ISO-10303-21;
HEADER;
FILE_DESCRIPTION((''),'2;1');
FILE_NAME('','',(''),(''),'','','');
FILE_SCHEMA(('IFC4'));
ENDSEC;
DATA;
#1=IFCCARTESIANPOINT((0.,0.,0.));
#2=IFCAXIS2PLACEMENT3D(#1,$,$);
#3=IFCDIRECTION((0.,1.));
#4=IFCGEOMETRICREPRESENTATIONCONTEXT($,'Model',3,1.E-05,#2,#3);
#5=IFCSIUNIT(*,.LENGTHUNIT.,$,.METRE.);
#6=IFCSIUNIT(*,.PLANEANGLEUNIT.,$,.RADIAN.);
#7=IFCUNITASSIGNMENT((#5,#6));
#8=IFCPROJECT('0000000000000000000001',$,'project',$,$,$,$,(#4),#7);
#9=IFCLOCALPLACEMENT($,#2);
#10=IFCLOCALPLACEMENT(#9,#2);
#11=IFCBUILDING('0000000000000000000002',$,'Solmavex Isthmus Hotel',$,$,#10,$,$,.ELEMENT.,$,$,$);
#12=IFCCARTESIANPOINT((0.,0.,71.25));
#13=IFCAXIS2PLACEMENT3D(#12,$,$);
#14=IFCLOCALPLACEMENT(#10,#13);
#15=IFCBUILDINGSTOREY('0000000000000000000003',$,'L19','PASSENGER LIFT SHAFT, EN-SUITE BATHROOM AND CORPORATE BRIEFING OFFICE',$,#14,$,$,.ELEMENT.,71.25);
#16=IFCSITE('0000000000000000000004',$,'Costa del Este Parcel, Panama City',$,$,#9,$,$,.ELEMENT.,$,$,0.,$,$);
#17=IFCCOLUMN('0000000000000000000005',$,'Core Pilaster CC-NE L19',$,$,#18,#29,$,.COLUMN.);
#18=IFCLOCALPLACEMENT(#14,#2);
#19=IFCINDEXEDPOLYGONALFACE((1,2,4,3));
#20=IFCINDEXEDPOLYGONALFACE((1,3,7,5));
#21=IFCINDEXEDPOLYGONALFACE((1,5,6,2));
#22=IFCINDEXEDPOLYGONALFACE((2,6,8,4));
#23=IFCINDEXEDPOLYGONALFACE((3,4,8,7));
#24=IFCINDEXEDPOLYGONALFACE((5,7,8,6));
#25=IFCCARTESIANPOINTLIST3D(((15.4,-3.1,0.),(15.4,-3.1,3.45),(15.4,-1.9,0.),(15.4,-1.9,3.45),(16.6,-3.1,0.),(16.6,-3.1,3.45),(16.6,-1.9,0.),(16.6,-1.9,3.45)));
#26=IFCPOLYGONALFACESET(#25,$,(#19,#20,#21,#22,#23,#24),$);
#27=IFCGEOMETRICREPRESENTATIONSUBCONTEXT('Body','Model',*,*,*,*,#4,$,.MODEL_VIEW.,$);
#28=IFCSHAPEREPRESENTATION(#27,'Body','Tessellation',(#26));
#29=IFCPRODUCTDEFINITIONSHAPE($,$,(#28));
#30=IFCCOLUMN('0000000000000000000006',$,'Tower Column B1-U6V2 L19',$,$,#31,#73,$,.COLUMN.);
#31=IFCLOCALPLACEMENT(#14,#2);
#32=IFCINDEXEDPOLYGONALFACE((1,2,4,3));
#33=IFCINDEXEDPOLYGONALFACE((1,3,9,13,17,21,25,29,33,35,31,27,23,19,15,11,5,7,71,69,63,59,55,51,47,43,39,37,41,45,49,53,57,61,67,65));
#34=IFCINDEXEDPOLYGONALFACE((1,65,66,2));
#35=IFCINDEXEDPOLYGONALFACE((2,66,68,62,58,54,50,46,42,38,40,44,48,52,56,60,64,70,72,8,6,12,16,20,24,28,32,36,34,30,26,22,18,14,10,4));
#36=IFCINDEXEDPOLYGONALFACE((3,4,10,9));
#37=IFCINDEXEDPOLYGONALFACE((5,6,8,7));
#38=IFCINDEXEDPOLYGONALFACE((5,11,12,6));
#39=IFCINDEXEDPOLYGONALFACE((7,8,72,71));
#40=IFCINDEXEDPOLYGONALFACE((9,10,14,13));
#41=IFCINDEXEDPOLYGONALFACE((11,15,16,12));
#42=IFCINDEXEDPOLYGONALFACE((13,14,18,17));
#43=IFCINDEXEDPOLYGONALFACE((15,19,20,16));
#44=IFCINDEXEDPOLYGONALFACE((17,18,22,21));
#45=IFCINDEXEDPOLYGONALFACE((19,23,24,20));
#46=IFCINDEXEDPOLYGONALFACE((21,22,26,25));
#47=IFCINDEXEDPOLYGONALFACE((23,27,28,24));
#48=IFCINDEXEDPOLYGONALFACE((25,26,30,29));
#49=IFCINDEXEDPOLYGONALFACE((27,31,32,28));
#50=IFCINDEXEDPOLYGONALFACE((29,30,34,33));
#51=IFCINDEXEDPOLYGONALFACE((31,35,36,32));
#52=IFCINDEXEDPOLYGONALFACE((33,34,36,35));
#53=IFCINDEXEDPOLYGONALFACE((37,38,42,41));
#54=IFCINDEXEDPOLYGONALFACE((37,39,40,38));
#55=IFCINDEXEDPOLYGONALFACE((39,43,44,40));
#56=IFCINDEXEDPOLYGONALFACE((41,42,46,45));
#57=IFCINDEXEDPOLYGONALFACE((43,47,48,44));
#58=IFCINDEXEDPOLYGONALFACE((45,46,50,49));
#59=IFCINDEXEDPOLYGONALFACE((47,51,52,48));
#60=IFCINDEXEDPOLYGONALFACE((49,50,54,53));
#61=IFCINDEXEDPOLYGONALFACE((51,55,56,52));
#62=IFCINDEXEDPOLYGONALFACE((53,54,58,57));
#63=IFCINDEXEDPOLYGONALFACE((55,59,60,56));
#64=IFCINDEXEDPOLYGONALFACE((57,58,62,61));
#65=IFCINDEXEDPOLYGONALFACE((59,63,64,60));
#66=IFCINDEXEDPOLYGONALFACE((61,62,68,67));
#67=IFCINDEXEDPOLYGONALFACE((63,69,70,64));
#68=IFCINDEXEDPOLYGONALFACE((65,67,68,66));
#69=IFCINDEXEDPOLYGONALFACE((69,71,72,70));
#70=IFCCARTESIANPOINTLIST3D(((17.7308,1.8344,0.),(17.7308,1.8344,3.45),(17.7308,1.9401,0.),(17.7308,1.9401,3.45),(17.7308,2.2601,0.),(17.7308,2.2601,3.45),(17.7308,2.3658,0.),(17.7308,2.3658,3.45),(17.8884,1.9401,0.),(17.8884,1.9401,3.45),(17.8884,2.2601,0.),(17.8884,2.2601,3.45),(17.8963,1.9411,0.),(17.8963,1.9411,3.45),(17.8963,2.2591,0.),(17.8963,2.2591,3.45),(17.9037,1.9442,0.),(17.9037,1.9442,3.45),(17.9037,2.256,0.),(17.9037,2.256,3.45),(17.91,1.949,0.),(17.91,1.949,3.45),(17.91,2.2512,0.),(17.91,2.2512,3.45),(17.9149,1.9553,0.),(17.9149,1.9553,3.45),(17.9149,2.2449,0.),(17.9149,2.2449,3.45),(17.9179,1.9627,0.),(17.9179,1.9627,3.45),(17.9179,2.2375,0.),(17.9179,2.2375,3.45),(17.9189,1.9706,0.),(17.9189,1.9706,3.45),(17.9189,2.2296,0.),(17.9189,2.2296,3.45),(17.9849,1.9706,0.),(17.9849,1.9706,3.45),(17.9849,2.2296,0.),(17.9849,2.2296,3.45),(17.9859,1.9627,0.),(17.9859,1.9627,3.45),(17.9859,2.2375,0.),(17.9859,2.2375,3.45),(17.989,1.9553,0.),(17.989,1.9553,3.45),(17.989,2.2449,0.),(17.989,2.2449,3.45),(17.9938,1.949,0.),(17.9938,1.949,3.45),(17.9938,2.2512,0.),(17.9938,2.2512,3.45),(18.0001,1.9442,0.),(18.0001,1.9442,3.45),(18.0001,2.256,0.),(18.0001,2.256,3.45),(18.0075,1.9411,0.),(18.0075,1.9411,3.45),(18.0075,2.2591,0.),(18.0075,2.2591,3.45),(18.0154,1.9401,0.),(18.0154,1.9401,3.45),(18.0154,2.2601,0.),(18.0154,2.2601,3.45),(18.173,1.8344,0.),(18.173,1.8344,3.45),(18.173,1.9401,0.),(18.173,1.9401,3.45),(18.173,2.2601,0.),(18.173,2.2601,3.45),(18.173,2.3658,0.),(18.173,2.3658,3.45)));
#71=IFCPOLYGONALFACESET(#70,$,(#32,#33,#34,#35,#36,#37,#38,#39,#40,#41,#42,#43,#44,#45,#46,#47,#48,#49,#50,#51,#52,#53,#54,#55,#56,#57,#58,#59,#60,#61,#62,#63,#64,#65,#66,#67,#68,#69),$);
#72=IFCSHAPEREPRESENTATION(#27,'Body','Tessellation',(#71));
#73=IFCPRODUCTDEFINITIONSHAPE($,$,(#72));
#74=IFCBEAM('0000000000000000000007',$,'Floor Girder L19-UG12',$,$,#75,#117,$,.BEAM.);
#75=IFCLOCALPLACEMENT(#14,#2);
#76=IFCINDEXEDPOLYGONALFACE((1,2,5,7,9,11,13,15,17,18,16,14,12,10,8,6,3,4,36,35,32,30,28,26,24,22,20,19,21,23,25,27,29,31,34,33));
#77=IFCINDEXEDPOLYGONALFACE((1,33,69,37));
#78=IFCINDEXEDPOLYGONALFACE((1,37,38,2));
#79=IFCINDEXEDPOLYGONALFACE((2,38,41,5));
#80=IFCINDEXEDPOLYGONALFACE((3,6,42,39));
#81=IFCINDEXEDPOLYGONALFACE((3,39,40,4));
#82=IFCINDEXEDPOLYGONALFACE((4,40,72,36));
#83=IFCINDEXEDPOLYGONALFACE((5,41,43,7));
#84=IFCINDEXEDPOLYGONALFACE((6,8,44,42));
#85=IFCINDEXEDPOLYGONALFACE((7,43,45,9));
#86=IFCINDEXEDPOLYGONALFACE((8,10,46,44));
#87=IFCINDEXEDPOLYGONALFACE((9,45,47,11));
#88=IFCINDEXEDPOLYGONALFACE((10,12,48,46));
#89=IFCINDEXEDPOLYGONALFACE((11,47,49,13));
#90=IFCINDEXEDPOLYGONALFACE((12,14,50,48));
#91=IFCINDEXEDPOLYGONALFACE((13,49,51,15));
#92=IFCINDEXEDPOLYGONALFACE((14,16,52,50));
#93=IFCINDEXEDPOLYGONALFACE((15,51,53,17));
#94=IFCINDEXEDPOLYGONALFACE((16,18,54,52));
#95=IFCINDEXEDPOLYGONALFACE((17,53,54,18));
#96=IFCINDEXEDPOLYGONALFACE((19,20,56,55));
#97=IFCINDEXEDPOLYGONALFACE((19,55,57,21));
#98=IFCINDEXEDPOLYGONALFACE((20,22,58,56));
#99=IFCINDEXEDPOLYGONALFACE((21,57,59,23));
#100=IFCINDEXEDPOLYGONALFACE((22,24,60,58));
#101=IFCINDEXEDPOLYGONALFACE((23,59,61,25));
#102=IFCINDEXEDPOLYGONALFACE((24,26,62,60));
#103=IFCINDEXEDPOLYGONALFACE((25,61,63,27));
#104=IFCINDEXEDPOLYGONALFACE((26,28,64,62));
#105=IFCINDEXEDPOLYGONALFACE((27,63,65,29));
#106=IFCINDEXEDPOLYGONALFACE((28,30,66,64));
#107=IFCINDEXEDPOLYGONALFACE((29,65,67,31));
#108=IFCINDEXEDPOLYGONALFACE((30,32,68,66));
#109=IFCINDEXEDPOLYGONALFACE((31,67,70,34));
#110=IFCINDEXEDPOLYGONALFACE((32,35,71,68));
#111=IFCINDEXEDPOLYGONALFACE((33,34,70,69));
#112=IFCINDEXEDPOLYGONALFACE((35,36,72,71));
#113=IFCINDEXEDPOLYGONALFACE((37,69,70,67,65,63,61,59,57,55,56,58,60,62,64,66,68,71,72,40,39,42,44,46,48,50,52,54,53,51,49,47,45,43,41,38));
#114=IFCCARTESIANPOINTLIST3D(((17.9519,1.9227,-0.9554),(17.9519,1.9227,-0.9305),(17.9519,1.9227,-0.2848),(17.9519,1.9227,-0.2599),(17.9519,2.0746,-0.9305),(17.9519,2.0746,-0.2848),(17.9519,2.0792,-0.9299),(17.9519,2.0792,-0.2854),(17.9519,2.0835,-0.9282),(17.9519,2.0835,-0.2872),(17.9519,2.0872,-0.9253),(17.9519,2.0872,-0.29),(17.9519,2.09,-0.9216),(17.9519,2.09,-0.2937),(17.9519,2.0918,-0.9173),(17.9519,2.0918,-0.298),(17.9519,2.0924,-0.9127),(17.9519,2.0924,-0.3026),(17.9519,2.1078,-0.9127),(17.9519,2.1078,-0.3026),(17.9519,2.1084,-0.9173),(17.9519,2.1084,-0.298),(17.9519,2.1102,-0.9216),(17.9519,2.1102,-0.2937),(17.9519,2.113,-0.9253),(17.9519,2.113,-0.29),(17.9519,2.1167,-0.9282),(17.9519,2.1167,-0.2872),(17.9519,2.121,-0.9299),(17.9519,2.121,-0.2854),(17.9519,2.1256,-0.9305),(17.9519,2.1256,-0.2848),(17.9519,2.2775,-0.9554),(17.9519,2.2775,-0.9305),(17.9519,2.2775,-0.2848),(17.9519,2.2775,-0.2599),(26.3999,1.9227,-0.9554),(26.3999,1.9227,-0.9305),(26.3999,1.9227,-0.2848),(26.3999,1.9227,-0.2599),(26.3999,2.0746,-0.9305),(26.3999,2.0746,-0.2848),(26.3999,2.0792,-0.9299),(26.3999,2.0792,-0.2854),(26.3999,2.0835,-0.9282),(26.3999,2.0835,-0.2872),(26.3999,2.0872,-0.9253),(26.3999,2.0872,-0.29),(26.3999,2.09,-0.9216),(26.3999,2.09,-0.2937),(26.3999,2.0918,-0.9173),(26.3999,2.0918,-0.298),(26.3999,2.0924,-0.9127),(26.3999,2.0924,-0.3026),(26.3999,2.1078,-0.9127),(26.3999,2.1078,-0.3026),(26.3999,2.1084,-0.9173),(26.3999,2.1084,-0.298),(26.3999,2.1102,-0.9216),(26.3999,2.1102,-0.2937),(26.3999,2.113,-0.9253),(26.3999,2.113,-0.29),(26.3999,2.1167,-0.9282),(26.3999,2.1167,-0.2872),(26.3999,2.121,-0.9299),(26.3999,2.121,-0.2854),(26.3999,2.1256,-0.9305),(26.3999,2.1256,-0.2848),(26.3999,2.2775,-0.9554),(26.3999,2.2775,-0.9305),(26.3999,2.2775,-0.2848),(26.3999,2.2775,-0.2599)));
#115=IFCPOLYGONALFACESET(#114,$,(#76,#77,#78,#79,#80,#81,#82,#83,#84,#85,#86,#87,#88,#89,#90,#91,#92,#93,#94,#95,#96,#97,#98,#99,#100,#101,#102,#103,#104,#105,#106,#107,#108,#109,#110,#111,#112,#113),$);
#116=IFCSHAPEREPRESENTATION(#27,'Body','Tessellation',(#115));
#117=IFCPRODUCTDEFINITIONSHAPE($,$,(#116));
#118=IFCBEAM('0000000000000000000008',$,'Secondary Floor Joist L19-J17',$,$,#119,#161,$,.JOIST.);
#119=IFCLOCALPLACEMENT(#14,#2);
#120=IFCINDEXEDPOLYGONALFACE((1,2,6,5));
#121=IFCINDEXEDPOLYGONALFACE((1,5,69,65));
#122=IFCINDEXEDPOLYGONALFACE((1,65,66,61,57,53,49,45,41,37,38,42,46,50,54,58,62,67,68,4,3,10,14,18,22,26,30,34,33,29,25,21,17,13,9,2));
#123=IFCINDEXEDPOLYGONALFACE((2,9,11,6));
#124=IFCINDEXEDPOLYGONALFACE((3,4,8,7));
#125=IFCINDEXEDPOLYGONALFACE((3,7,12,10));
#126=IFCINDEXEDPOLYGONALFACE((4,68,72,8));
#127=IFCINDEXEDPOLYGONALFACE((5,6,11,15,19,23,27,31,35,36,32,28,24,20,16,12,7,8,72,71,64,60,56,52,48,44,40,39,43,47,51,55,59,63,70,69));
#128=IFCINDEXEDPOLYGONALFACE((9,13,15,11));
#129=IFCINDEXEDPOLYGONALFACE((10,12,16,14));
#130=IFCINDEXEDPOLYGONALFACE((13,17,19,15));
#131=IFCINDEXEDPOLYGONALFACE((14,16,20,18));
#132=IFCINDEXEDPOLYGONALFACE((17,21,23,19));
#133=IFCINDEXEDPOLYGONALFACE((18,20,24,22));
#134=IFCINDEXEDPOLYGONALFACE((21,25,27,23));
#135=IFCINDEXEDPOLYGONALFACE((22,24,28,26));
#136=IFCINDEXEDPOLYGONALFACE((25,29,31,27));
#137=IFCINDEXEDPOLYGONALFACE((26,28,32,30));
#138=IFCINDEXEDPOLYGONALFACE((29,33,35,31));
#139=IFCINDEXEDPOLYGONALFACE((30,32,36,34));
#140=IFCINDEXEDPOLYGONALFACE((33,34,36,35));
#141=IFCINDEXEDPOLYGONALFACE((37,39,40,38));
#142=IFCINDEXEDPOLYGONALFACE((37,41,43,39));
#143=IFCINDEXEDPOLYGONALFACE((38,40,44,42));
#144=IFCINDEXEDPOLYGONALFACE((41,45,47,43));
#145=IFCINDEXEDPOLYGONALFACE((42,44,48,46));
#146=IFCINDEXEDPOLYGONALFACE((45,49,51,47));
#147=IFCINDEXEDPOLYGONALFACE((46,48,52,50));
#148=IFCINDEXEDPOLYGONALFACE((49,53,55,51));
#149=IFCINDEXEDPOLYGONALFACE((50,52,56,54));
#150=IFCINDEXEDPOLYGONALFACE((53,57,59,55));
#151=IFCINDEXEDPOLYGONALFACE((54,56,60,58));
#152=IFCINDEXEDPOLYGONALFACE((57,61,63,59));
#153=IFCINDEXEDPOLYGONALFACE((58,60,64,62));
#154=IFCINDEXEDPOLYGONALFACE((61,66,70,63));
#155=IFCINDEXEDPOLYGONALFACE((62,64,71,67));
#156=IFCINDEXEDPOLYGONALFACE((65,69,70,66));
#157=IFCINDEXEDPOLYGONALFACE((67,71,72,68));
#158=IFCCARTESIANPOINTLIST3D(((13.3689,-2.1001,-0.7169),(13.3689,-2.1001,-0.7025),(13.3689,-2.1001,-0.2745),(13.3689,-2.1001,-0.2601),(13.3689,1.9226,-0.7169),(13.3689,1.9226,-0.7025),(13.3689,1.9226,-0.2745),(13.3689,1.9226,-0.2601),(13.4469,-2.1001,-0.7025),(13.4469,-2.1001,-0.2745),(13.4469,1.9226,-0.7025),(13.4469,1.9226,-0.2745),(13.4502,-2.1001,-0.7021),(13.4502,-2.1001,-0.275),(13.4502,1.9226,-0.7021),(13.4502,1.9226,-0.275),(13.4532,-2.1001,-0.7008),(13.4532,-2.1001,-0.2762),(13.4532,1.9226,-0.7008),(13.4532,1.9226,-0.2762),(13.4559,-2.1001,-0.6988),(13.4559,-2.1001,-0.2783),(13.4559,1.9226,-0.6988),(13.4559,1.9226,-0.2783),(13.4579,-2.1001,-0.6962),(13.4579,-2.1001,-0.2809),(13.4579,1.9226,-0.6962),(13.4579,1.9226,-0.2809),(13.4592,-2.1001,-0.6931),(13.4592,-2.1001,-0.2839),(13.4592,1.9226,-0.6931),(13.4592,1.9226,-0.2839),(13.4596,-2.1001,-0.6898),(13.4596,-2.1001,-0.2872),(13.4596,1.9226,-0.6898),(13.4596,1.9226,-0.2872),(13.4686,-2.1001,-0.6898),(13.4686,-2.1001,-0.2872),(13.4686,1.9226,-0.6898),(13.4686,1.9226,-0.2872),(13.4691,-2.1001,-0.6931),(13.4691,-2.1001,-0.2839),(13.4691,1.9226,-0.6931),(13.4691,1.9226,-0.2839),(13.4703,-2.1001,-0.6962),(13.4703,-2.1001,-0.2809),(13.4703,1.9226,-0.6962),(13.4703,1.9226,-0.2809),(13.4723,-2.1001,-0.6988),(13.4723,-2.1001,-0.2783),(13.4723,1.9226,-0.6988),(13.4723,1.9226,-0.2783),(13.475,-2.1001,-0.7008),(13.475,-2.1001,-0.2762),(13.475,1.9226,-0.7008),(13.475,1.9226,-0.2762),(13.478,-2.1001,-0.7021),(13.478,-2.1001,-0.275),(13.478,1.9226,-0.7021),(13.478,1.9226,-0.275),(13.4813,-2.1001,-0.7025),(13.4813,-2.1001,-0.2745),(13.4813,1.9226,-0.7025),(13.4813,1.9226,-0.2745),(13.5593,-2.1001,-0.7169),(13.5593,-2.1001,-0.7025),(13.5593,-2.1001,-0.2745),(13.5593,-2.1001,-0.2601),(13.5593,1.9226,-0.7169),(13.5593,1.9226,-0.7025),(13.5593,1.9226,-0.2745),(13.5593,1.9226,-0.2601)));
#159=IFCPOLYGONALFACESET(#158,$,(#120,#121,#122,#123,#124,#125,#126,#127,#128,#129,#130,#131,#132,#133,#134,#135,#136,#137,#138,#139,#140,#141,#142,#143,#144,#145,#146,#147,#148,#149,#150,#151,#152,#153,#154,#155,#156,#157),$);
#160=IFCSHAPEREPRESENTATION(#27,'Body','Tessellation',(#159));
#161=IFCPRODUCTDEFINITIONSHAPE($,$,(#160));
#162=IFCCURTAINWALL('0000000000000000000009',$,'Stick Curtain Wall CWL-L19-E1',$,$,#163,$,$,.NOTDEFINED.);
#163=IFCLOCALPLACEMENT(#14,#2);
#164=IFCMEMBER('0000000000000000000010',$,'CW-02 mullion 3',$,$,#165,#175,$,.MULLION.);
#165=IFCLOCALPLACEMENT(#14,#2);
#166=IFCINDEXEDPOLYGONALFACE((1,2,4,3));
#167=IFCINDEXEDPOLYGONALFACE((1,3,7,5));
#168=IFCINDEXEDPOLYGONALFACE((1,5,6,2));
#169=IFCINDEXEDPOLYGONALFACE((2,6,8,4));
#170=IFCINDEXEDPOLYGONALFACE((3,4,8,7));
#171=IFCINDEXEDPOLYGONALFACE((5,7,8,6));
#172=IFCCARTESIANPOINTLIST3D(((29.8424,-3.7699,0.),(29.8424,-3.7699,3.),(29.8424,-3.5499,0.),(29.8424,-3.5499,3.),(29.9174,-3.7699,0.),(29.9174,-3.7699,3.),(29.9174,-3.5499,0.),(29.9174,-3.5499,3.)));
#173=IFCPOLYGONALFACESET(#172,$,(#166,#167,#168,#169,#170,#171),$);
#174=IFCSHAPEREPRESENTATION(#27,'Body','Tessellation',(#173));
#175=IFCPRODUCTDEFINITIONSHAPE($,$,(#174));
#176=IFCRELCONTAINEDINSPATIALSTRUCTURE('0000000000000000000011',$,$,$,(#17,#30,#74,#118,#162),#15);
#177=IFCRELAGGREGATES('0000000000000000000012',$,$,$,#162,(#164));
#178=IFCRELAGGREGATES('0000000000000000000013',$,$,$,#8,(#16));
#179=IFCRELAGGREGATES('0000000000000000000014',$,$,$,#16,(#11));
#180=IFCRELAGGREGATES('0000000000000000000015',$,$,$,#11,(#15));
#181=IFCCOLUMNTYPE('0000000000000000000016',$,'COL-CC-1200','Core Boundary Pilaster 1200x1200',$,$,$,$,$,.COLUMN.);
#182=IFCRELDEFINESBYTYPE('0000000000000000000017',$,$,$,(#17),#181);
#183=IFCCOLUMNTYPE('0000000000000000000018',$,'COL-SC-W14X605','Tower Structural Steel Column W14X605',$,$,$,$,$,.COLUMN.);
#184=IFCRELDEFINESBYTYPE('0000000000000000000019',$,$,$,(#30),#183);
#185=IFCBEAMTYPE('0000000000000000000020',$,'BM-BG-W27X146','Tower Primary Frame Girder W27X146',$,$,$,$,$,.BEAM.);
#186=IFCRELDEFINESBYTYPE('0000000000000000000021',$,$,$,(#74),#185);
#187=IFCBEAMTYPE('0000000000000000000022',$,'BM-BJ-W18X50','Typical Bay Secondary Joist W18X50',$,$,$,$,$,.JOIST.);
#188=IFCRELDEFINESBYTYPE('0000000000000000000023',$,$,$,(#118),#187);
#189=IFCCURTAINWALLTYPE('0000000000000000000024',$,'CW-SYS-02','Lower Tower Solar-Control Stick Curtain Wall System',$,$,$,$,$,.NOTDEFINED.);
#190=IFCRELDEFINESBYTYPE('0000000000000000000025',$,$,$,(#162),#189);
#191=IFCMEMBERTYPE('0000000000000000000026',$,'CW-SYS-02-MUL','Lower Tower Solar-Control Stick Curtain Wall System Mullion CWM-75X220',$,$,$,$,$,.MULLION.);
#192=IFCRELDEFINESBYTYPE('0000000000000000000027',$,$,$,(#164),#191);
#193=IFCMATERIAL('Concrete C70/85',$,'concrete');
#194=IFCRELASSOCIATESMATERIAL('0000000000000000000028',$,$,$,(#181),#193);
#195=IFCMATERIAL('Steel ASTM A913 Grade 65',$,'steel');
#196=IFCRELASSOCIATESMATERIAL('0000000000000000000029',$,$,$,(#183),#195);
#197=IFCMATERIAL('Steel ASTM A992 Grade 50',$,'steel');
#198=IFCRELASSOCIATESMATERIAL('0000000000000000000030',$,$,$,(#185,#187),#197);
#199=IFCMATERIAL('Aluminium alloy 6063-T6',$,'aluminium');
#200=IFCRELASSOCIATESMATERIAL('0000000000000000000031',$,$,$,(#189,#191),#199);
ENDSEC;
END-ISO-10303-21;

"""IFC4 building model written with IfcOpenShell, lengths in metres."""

from ifc_helpers import new_model, si_unit, direction, frame, origin, origin_2d, place, context, subcontext, project, spatial, rectangle, i_section, extrude, material, material_profile, profile_set, type_object, element, aggregate, save


model = new_model("IFC4")

# Units and contexts
model_context = context("Model", 3, precision=1e-05, world=origin(), true_north=direction((0.0, 1.0)))
body_context = subcontext(model_context, "Body", "Model", "MODEL_VIEW")
ifc_project = project(units=[si_unit("LENGTHUNIT", "METRE"), si_unit("PLANEANGLEUNIT", "RADIAN")], contexts=[model_context])

# Site, building, storey
site_placement = place(None, origin())
site = spatial("IfcSite", under=ifc_project, at=site_placement, Name="Costa del Este Parcel, Panama City", CompositionType="ELEMENT", RefElevation=0.0)
building_placement = place(site_placement, origin())
building = spatial("IfcBuilding", under=site, at=building_placement, Name="Solmavex Isthmus Hotel", CompositionType="ELEMENT")
storey_placement = place(building_placement, frame((0.0, 0.0, 71.25)))
storey = spatial("IfcBuildingStorey", under=building, at=storey_placement, Name="L19", Description="PASSENGER LIFT SHAFT, EN-SUITE BATHROOM AND CORPORATE BRIEFING OFFICE", CompositionType="ELEMENT", Elevation=71.25)

# Columns
ifc_material_1 = material(Name="Concrete C70/85", Category="concrete")
ifc_material_profile_1 = material_profile(ifc_material_1, rectangle(XDim=1.2, YDim=1.2, at=origin_2d()), Name="RC1200X1200")
ifc_profile_set_1 = profile_set([ifc_material_profile_1], Name="Concrete C70/85")
column_type_1 = type_object("IfcColumnType", Name="COL-CC-1200", Description="Core Boundary Pilaster 1200x1200", PredefinedType="COLUMN", material=ifc_profile_set_1)
column_1_placement = place(storey_placement, frame((16.0, -2.5, 0.0), z_axis=(0.0, 0.0, 1.0), x_axis=(1.0, 0.0, 0.0)))
element("IfcColumn", 1, at=column_1_placement, inside=storey, type_object=column_type_1, Name="Core Pilaster CC-NE L19", PredefinedType="COLUMN", context=body_context, shape_type="SweptSolid", body=[
    extrude(rectangle(XDim=1.2, YDim=1.2, at=origin_2d()), origin(), (0.0, 0.0, 1.0), 3.45),
])
ifc_material_2 = material(Name="Steel ASTM A913 Grade 65", Category="steel")
ifc_material_profile_2 = material_profile(ifc_material_2, i_section(OverallWidth=0.4421, OverallDepth=0.5315, WebThickness=0.0659, FlangeThickness=0.1057, FilletRadius=0.0305, at=origin_2d()), Name="W14X605")
ifc_profile_set_2 = profile_set([ifc_material_profile_2], Name="Steel ASTM A913 Grade 65")
column_type_2 = type_object("IfcColumnType", Name="COL-SC-W14X605", Description="Tower Structural Steel Column W14X605", PredefinedType="COLUMN", material=ifc_profile_set_2)
column_2_placement = place(storey_placement, frame((17.9519, 2.1001, 0.0), z_axis=(0.0, 0.0, 1.0), x_axis=(1.0, 0.0, 0.0)))
element("IfcColumn", 2, at=column_2_placement, inside=storey, type_object=column_type_2, Name="Tower Column B1-U6V2 L19", PredefinedType="COLUMN", context=body_context, shape_type="SweptSolid", body=[
    extrude(i_section(OverallWidth=0.4421, OverallDepth=0.5315, WebThickness=0.0659, FlangeThickness=0.1057, FilletRadius=0.0305, at=origin_2d()), origin(), (0.0, 0.0, 1.0), 3.45),
])

# Beams
ifc_material_3 = material(Name="Steel ASTM A992 Grade 50", Category="steel")
ifc_material_profile_3 = material_profile(ifc_material_3, i_section(OverallWidth=0.3547, OverallDepth=0.6956, WebThickness=0.0154, FlangeThickness=0.0249, FilletRadius=0.0178, at=origin_2d()), Name="W27X146")
ifc_profile_set_3 = profile_set([ifc_material_profile_3], Name="Steel ASTM A992 Grade 50")
beam_type_1 = type_object("IfcBeamType", Name="BM-BG-W27X146", Description="Tower Primary Frame Girder W27X146", PredefinedType="BEAM", material=ifc_profile_set_3)
beam_1_placement = place(storey_placement, frame((17.9519, 2.1001, -0.6077), z_axis=(1.0, 0.0, 0.0), x_axis=(0.0, 1.0, 0.0)))
element("IfcBeam", 3, at=beam_1_placement, inside=storey, type_object=beam_type_1, Name="Floor Girder L19-UG12", PredefinedType="BEAM", context=body_context, shape_type="SweptSolid", body=[
    extrude(i_section(OverallWidth=0.3547, OverallDepth=0.6956, WebThickness=0.0154, FlangeThickness=0.0249, FilletRadius=0.0178, at=origin_2d()), origin(), (0.0, 0.0, 1.0), 8.448),
])
ifc_material_profile_4 = material_profile(ifc_material_3, i_section(OverallWidth=0.1904, OverallDepth=0.4568, WebThickness=0.009, FlangeThickness=0.0144, FilletRadius=0.0127, at=origin_2d()), Name="W18X50")
ifc_profile_set_4 = profile_set([ifc_material_profile_4], Name="Steel ASTM A992 Grade 50")
beam_type_2 = type_object("IfcBeamType", Name="BM-BJ-W18X50", Description="Typical Bay Secondary Joist W18X50", PredefinedType="JOIST", material=ifc_profile_set_4)
beam_2_placement = place(storey_placement, frame((13.4641, -2.1001, -0.4885), z_axis=(0.0, 1.0, 0.0), x_axis=(-1.0, 0.0, 0.0)))
element("IfcBeam", 4, at=beam_2_placement, inside=storey, type_object=beam_type_2, Name="Secondary Floor Joist L19-J17", PredefinedType="JOIST", context=body_context, shape_type="SweptSolid", body=[
    extrude(i_section(OverallWidth=0.1904, OverallDepth=0.4568, WebThickness=0.009, FlangeThickness=0.0144, FilletRadius=0.0127, at=origin_2d()), origin(), (0.0, 0.0, 1.0), 4.0227),
])

# Curtain wall, member
ifc_material_4 = material(Name="Aluminium alloy 6063-T6", Category="aluminium")
curtain_wall_type = type_object("IfcCurtainWallType", Name="CW-SYS-02", Description="Lower Tower Solar-Control Stick Curtain Wall System", PredefinedType="NOTDEFINED", material=ifc_material_4)
curtain_wall_placement = place(storey_placement, origin())
curtain_wall = element("IfcCurtainWall", 5, at=curtain_wall_placement, inside=storey, type_object=curtain_wall_type, Name="Stick Curtain Wall CWL-L19-E1", PredefinedType="NOTDEFINED")
ifc_material_profile_5 = material_profile(ifc_material_4, rectangle(XDim=0.075, YDim=0.22, at=origin_2d()), Name="CWM-75X220")
ifc_profile_set_5 = profile_set([ifc_material_profile_5], Name="Aluminium alloy 6063-T6")
member_type_1 = type_object("IfcMemberType", Name="CW-SYS-02-MUL", Description="Lower Tower Solar-Control Stick Curtain Wall System Mullion CWM-75X220", PredefinedType="MULLION", material=ifc_profile_set_5)
member_1_placement = place(storey_placement, frame((29.8799, -3.6599, 0.0), z_axis=(0.0, 0.0, 1.0), x_axis=(-1.0, 0.0, 0.0)))
member_1 = element("IfcMember", 6, at=member_1_placement, type_object=member_type_1, Name="CW-02 mullion 3", PredefinedType="MULLION", context=body_context, shape_type="SweptSolid", body=[
    extrude(rectangle(XDim=0.075, YDim=0.22, at=origin_2d()), origin(), (0.0, 0.0, 1.0), 3.0),
])
aggregate(curtain_wall, [member_1])

save(model, "model.ifc")
